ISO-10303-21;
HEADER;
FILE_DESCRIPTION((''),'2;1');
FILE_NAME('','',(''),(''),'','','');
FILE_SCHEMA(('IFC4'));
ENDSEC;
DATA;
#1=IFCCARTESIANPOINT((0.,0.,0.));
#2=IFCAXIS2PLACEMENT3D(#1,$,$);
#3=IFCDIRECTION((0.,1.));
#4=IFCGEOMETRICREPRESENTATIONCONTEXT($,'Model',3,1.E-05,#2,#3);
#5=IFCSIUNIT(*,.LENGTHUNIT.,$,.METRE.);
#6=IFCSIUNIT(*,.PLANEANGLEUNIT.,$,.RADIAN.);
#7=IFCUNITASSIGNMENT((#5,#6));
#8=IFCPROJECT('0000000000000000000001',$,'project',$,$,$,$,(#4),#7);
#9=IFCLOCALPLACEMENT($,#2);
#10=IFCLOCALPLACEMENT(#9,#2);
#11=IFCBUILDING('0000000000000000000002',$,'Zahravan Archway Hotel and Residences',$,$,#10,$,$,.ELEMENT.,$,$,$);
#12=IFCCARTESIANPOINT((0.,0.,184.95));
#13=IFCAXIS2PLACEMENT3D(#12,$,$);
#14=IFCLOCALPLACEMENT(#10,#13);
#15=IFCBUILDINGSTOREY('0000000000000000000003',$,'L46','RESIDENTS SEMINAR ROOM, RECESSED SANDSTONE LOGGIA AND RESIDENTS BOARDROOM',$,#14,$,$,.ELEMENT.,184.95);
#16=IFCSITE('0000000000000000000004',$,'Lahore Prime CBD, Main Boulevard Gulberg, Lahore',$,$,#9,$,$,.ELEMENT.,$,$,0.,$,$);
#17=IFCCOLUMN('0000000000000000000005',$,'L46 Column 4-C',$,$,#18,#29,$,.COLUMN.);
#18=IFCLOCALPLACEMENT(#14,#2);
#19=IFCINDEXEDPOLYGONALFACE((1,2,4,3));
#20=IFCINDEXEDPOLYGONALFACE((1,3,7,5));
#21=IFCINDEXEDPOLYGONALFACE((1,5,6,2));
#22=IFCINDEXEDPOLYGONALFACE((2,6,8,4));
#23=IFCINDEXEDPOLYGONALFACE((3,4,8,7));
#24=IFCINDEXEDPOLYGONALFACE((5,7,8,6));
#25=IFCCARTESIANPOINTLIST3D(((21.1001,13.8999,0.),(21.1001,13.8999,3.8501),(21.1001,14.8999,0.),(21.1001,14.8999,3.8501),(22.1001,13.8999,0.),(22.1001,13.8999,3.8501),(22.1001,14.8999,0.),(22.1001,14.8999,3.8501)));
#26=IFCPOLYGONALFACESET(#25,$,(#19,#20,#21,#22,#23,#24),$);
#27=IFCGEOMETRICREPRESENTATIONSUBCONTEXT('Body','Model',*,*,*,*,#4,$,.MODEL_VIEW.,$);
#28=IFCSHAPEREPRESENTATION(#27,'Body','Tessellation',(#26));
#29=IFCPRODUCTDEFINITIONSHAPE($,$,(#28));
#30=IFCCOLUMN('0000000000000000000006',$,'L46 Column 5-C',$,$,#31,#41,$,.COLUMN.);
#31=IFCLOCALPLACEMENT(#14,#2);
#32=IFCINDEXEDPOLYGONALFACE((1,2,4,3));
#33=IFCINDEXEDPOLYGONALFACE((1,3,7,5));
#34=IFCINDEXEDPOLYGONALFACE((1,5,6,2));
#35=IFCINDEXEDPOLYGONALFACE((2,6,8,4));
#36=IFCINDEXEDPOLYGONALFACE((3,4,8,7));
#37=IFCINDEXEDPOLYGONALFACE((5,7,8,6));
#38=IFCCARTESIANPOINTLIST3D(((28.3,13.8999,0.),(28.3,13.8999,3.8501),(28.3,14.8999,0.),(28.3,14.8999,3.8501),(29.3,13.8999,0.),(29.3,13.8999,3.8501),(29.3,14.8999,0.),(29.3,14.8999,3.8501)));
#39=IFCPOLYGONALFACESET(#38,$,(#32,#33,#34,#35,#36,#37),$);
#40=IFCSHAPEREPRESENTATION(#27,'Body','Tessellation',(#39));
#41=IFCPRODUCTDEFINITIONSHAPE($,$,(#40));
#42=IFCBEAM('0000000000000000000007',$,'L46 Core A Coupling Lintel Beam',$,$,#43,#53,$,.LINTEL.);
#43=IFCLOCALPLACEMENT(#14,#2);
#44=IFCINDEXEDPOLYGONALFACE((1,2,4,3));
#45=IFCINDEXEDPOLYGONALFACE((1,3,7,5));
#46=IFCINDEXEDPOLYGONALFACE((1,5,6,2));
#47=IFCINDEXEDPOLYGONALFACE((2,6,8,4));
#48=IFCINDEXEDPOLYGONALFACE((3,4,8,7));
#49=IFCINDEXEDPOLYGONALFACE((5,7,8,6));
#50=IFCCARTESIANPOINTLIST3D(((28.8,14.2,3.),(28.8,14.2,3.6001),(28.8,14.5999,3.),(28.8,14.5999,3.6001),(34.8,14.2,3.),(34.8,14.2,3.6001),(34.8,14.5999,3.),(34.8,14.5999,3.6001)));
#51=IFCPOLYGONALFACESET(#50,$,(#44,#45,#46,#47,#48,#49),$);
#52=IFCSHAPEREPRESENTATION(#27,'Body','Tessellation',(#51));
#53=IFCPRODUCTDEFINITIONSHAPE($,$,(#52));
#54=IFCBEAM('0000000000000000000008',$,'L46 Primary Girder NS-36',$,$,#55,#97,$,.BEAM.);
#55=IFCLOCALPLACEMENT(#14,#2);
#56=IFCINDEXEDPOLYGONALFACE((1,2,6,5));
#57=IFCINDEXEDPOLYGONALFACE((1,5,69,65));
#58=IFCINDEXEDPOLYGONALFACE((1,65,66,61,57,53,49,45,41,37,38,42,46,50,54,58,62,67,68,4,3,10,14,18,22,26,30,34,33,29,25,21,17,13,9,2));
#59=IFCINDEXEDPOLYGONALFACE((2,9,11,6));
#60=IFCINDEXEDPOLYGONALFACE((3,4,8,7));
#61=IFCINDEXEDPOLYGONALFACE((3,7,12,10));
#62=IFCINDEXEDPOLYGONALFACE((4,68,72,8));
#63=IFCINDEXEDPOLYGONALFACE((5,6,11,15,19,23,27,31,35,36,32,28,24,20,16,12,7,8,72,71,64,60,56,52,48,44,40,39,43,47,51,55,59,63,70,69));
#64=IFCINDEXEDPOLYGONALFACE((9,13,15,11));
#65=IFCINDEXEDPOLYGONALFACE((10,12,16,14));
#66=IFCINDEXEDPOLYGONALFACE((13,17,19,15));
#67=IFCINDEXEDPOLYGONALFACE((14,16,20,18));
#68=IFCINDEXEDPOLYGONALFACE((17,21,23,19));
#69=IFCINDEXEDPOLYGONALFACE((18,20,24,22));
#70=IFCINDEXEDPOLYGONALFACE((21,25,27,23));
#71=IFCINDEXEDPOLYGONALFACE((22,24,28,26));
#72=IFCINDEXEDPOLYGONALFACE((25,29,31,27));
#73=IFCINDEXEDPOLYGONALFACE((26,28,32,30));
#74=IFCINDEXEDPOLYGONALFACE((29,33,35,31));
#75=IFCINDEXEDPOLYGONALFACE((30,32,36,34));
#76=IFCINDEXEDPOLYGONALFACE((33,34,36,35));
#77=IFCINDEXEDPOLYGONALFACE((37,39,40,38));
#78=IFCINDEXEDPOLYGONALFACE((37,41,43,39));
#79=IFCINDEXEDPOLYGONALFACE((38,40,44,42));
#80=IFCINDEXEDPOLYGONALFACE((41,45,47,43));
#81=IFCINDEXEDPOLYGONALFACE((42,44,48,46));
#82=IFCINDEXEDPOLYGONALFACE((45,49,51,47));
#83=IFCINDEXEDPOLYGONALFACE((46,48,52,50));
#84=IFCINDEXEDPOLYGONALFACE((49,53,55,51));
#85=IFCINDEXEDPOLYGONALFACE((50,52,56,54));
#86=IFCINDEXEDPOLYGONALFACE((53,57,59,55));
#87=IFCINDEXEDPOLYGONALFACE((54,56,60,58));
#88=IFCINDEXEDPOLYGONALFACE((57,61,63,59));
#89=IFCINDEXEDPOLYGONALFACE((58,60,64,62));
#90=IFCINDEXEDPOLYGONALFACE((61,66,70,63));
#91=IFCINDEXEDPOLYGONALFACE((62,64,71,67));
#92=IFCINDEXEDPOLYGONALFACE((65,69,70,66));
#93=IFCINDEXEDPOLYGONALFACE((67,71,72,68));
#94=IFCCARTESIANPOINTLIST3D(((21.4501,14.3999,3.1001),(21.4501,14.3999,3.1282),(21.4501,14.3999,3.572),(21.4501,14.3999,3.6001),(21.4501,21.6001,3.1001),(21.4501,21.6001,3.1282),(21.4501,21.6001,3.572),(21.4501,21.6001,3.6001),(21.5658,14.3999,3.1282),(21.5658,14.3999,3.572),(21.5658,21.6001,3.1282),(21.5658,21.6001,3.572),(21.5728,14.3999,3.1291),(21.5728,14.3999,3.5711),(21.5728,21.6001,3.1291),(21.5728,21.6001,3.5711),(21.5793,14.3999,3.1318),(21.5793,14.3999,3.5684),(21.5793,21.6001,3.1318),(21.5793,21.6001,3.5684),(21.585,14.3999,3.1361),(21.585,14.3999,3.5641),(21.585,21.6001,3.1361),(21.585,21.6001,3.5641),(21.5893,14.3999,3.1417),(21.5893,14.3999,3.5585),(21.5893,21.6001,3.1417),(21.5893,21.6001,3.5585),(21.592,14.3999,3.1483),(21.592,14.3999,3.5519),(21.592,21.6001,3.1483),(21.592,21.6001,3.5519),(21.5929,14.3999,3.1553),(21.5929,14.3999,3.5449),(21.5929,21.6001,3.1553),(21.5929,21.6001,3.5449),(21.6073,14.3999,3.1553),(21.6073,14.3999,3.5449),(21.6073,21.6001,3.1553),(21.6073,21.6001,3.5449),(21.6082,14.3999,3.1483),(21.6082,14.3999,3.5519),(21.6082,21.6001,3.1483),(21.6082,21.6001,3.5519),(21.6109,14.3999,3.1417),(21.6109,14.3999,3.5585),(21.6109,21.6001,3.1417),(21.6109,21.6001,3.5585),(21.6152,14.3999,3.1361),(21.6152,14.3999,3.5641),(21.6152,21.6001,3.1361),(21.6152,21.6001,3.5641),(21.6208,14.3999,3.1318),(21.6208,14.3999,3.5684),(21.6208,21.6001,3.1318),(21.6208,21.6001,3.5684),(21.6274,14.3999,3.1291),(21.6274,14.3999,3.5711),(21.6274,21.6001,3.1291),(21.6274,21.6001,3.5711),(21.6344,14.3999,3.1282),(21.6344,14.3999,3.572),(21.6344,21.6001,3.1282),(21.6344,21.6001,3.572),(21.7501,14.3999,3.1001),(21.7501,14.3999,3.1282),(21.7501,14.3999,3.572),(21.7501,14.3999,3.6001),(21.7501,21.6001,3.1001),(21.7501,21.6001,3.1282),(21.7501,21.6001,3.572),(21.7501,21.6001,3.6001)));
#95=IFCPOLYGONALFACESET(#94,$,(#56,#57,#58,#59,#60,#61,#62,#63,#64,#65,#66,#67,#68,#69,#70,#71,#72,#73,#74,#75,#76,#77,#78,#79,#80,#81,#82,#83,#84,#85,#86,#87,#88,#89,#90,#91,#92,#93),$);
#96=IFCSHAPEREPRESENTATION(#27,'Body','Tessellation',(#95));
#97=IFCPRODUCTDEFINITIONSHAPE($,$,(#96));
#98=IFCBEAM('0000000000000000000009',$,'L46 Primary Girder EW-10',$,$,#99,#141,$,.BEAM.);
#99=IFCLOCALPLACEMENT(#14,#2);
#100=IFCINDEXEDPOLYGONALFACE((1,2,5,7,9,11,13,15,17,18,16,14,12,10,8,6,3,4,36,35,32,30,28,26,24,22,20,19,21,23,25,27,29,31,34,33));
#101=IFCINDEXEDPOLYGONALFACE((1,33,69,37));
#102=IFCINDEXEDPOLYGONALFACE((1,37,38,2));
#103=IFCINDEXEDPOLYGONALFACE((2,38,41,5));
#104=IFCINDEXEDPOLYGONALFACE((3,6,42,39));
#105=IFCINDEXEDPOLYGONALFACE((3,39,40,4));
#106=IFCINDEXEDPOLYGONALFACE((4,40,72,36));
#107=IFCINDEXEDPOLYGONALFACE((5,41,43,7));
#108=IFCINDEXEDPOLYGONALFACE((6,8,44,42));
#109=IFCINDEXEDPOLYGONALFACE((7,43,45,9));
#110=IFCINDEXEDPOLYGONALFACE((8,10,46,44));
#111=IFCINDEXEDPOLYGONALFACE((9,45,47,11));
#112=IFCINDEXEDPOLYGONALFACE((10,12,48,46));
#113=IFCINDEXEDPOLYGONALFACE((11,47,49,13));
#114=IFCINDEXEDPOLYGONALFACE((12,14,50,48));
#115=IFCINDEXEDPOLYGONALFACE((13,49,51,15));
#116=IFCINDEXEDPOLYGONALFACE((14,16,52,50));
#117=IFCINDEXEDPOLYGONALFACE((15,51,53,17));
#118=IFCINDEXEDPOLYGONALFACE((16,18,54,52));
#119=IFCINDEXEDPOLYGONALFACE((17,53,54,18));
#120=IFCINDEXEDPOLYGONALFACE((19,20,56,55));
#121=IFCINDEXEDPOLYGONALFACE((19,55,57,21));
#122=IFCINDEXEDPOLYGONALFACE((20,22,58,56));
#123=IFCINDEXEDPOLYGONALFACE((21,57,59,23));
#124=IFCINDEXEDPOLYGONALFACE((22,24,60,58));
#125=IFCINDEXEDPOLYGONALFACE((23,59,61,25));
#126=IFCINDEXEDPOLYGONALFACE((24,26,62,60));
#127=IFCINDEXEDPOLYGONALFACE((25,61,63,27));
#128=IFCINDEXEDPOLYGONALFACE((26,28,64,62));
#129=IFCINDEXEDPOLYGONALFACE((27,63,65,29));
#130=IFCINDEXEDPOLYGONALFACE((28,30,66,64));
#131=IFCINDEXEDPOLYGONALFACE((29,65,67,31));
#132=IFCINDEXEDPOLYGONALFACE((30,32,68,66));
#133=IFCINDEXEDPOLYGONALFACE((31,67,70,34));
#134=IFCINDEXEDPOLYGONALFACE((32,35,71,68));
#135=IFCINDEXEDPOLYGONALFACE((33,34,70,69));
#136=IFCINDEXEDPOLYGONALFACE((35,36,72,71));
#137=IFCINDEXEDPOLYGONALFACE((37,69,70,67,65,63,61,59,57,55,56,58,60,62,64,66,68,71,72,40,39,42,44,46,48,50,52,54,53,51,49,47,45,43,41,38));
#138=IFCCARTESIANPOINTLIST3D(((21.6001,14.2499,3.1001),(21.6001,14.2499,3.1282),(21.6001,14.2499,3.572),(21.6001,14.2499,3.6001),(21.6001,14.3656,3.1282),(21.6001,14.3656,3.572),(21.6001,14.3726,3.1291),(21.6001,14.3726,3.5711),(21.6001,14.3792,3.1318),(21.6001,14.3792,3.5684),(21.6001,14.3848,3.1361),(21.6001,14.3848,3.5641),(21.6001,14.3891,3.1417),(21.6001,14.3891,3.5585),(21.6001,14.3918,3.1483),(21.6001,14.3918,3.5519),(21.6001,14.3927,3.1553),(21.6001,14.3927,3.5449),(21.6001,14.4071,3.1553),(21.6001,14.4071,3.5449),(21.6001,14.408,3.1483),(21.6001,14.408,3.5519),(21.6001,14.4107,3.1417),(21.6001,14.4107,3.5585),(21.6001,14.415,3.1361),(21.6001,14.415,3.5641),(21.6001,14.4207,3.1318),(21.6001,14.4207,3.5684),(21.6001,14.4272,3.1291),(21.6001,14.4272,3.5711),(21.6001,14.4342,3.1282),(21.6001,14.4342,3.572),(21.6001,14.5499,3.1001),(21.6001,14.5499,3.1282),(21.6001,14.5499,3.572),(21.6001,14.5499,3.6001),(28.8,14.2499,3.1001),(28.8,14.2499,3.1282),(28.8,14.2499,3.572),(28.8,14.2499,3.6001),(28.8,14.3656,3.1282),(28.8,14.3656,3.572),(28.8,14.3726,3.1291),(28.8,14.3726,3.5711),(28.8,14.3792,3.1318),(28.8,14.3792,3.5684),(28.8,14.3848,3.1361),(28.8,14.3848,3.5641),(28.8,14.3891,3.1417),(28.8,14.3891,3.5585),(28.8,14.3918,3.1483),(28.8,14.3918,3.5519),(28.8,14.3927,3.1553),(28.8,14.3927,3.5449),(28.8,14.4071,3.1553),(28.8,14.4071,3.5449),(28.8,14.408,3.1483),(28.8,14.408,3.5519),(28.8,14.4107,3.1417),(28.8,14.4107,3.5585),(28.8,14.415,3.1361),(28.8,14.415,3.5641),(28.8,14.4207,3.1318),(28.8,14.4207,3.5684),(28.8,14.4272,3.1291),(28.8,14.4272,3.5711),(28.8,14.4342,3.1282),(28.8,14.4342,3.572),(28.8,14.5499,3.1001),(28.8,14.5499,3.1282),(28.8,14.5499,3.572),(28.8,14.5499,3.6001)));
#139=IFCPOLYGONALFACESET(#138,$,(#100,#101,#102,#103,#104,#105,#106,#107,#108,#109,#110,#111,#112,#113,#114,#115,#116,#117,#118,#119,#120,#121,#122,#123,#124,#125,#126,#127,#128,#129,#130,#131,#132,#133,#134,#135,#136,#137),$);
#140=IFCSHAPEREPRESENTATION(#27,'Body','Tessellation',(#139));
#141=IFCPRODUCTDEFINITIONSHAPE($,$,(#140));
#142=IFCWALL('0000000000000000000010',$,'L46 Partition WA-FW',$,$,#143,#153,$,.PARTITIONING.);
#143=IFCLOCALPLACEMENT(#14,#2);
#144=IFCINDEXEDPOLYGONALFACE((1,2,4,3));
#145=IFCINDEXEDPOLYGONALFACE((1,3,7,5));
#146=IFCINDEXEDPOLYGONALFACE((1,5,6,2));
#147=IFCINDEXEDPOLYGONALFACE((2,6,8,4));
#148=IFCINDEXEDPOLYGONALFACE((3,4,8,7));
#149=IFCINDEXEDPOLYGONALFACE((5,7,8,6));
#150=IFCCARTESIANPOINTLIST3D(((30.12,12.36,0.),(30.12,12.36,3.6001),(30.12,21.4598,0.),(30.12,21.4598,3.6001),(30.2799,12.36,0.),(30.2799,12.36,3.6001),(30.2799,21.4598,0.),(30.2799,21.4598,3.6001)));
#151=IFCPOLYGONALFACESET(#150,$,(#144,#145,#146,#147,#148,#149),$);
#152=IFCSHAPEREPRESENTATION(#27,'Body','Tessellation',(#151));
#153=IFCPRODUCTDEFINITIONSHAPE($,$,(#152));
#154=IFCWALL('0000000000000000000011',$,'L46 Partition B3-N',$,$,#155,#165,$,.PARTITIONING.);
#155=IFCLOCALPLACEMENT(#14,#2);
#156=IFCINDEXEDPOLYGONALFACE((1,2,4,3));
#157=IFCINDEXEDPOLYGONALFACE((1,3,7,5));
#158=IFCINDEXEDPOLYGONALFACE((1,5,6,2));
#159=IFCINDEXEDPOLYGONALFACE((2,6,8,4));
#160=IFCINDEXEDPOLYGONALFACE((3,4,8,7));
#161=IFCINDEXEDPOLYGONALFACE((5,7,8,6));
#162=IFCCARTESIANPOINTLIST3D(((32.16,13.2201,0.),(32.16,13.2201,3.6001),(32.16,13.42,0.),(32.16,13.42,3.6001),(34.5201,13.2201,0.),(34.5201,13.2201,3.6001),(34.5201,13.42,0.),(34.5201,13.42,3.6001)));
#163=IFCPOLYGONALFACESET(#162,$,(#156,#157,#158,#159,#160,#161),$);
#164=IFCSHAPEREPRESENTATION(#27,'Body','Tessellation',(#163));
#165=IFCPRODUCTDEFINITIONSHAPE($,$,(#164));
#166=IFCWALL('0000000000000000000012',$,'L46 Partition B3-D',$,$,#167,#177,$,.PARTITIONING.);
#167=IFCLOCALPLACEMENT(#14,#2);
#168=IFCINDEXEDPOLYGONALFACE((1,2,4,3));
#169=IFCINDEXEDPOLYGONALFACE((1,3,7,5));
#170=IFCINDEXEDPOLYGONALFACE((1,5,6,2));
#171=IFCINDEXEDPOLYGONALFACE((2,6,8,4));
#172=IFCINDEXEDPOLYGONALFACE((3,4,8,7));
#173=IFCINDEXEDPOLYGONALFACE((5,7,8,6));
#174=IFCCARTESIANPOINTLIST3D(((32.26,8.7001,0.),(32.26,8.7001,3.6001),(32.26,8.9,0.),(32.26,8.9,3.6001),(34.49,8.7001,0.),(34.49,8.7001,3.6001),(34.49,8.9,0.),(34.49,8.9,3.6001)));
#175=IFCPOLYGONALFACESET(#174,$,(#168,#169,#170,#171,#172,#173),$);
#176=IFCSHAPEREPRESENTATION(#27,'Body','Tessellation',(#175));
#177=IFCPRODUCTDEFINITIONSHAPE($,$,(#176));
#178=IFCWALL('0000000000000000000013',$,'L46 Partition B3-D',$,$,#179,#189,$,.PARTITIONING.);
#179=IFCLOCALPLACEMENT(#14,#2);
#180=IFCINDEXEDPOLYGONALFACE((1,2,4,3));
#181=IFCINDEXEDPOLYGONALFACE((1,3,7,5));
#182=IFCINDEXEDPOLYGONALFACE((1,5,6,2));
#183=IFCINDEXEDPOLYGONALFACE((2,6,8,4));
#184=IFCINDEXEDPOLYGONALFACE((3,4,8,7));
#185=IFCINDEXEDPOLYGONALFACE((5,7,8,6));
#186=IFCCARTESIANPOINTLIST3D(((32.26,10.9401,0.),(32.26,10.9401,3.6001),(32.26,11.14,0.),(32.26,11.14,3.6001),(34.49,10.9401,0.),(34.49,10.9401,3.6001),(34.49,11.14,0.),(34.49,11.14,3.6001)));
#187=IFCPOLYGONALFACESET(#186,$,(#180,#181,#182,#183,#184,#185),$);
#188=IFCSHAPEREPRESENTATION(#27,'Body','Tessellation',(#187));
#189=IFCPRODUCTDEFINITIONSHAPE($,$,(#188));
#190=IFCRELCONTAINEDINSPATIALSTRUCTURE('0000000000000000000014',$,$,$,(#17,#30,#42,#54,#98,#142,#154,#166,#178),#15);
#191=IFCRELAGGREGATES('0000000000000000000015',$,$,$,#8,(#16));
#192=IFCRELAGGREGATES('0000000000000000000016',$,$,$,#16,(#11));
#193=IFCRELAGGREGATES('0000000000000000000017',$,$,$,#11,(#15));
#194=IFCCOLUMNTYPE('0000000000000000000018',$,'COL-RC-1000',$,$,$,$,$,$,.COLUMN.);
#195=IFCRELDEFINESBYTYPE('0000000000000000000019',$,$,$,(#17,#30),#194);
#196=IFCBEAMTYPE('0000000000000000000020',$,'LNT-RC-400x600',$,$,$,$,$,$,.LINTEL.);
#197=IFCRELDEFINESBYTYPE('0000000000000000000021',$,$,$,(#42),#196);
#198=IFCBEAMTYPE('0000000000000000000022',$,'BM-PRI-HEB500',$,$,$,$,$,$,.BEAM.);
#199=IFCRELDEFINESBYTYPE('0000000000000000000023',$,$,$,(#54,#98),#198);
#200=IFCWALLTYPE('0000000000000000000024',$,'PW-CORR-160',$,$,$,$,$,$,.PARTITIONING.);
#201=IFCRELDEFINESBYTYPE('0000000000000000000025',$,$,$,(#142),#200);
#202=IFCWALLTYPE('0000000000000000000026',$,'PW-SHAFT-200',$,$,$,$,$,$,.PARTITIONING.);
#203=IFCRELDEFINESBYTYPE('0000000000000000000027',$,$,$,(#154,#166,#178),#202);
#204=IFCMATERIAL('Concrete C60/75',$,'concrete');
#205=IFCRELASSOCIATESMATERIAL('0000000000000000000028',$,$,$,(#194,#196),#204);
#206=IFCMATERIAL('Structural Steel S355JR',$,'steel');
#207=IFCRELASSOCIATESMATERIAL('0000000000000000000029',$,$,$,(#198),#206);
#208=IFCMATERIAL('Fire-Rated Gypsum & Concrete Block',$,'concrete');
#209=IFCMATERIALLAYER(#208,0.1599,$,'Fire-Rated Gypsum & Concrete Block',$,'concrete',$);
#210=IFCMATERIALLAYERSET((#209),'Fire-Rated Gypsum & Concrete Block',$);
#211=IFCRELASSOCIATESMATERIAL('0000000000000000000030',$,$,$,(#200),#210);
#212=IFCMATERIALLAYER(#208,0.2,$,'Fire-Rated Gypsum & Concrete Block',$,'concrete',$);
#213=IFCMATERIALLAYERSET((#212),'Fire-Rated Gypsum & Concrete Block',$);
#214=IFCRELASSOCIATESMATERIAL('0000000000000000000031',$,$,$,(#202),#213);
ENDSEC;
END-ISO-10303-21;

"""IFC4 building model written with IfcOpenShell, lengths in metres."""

from ifc_helpers import new_model, si_unit, direction, frame, frame_2d, origin, origin_2d, place, context, subcontext, project, spatial, rectangle, i_section, extrude, source, transform, mapped, material, layer, layer_set, material_profile, profile_set, type_object, type_shapes, element, save


model = new_model("IFC4")

# Units and contexts
model_context = context("Model", 3, precision=1e-05, world=origin(), true_north=direction((0.0, 1.0)))
body_context = subcontext(model_context, "Body", "Model", "MODEL_VIEW")
ifc_project = project(units=[si_unit("LENGTHUNIT", "METRE"), si_unit("PLANEANGLEUNIT", "RADIAN")], contexts=[model_context])

# Site, building, storey
site_placement = place(None, origin())
site = spatial("IfcSite", under=ifc_project, at=site_placement, Name="Lahore Prime CBD, Main Boulevard Gulberg, Lahore", CompositionType="ELEMENT", RefElevation=0.0)
building_placement = place(site_placement, origin())
building = spatial("IfcBuilding", under=site, at=building_placement, Name="Zahravan Archway Hotel and Residences", CompositionType="ELEMENT")
storey_placement = place(building_placement, frame((0.0, 0.0, 184.95)))
storey = spatial("IfcBuildingStorey", under=building, at=storey_placement, Name="L46", Description="RESIDENTS SEMINAR ROOM, RECESSED SANDSTONE LOGGIA AND RESIDENTS BOARDROOM", CompositionType="ELEMENT", Elevation=184.95)

# Columns
ifc_material_1 = material(Name="Concrete C60/75", Category="concrete")
ifc_material_profile_1 = material_profile(ifc_material_1, rectangle(XDim=1.0, YDim=1.0, at=origin_2d()), Name="RC-COL-1000x1000", Category="concrete")
ifc_profile_set_1 = profile_set([ifc_material_profile_1], Name="Concrete C60/75")
column_type = type_object("IfcColumnType", Name="COL-RC-1000", PredefinedType="COLUMN", material=ifc_profile_set_1)
shared_shape_1 = source(origin(), body_context, "Body", "SweptSolid", [
    extrude(rectangle(XDim=1.0, YDim=1.0, at=origin_2d()), origin(), (0.0, 0.0, 1.0), 3.8501),
])
for number, where, z_axis, x_axis, name in (
    (1, (21.6001, 14.3999, 0.0), (0.0, 0.0, 1.0), (1.0, 0.0, 0.0), "L46 Column 4-C"),
    (2, (28.8, 14.3999, 0.0), (0.0, 0.0, 1.0), (1.0, 0.0, 0.0), "L46 Column 5-C"),
):
    element("IfcColumn", number, at=place(storey_placement, frame(where, z_axis=z_axis, x_axis=x_axis)), inside=storey, type_object=column_type, Name=name, PredefinedType="COLUMN", context=body_context, shape_type="MappedRepresentation", body=[
        mapped(shared_shape_1, transform((0.0, 0.0, 0.0), scale=1.0)),
    ])

# Beams
ifc_material_profile_2 = material_profile(ifc_material_1, rectangle(XDim=0.3999, YDim=0.6001, at=origin_2d()), Name="RC-LNT-400x600", Category="concrete")
ifc_profile_set_2 = profile_set([ifc_material_profile_2], Name="Concrete C60/75")
beam_type_1 = type_object("IfcBeamType", Name="LNT-RC-400x600", PredefinedType="LINTEL", material=ifc_profile_set_2)
shared_shape_2 = source(origin(), body_context, "Body", "SweptSolid", [
    extrude(rectangle(XDim=0.3999, YDim=0.6001, at=origin_2d()), origin(), (0.0, 0.0, 1.0), 6.0),
])
type_shapes(beam_type_1, [shared_shape_2])
beam_1_placement = place(storey_placement, frame((28.8, 14.3999, 3.3), z_axis=(1.0, 0.0, 0.0), x_axis=(0.0, 1.0, 0.0)))
element("IfcBeam", 3, at=beam_1_placement, inside=storey, type_object=beam_type_1, Name="L46 Core A Coupling Lintel Beam", PredefinedType="LINTEL", context=body_context, shape_type="MappedRepresentation", body=[
    mapped(shared_shape_2, transform((0.0, 0.0, 0.0), scale=1.0)),
])
ifc_material_2 = material(Name="Structural Steel S355JR", Category="steel")
ifc_material_profile_3 = material_profile(ifc_material_2, i_section(OverallWidth=0.3, OverallDepth=0.5, WebThickness=0.0144, FlangeThickness=0.0281, FilletRadius=0.0271, at=origin_2d()), Name="HEB 500", Category="steel")
ifc_profile_set_3 = profile_set([ifc_material_profile_3], Name="Structural Steel S355JR")
beam_type_2 = type_object("IfcBeamType", Name="BM-PRI-HEB500", PredefinedType="BEAM", material=ifc_profile_set_3)
shared_shape_3 = source(origin(), body_context, "Body", "SweptSolid", [
    extrude(i_section(OverallWidth=0.3, OverallDepth=0.5, WebThickness=0.0144, FlangeThickness=0.0281, FilletRadius=0.0271, at=origin_2d()), origin(), (0.0, 0.0, 1.0), 7.2002),
])
type_shapes(beam_type_2, [shared_shape_3])
beam_2_placement = place(storey_placement, frame((21.6001, 14.3999, 3.3501), z_axis=(0.0, 1.0, 0.0), x_axis=(-1.0, 0.0, 0.0)))
element("IfcBeam", 4, at=beam_2_placement, inside=storey, type_object=beam_type_2, Name="L46 Primary Girder NS-36", PredefinedType="BEAM", context=body_context, shape_type="MappedRepresentation", body=[
    mapped(shared_shape_3, transform((0.0, 0.0, 0.0), scale=1.0)),
])
shared_shape_4 = source(origin(), body_context, "Body", "SweptSolid", [
    extrude(i_section(OverallWidth=0.3, OverallDepth=0.5, WebThickness=0.0144, FlangeThickness=0.0281, FilletRadius=0.0271, at=origin_2d()), origin(), (0.0, 0.0, 1.0), 7.2),
])
beam_3_placement = place(storey_placement, frame((21.6001, 14.3999, 3.3501), z_axis=(1.0, 0.0, 0.0), x_axis=(0.0, 1.0, 0.0)))
element("IfcBeam", 5, at=beam_3_placement, inside=storey, type_object=beam_type_2, Name="L46 Primary Girder EW-10", PredefinedType="BEAM", context=body_context, shape_type="MappedRepresentation", body=[
    mapped(shared_shape_4, transform((0.0, 0.0, 0.0), scale=1.0)),
])

# Walls
ifc_material_3 = material(Name="Fire-Rated Gypsum & Concrete Block", Category="concrete")
ifc_layer_1 = layer(ifc_material_3, 0.1599, Name="Fire-Rated Gypsum & Concrete Block", Category="concrete")
ifc_layer_set_1 = layer_set([ifc_layer_1], Name="Fire-Rated Gypsum & Concrete Block")
wall_type_1 = type_object("IfcWallType", Name="PW-CORR-160", PredefinedType="PARTITIONING", material=ifc_layer_set_1)
wall_1_placement = place(storey_placement, frame((30.2, 12.3601, 0.0), z_axis=(0.0, 0.0, 1.0), x_axis=(0.0, 1.0, 0.0)))
element("IfcWall", 6, at=wall_1_placement, inside=storey, type_object=wall_type_1, Name="L46 Partition WA-FW", PredefinedType="PARTITIONING", context=body_context, shape_type="SweptSolid", body=[
    extrude(rectangle(XDim=9.0999, YDim=0.1599, at=frame_2d((4.5498, 0.0))), origin(), (0.0, 0.0, 1.0), 3.6001),
])
ifc_layer_2 = layer(ifc_material_3, 0.2, Name="Fire-Rated Gypsum & Concrete Block", Category="concrete")
ifc_layer_set_2 = layer_set([ifc_layer_2], Name="Fire-Rated Gypsum & Concrete Block")
wall_type_2 = type_object("IfcWallType", Name="PW-SHAFT-200", PredefinedType="PARTITIONING", material=ifc_layer_set_2)
wall_2_placement = place(storey_placement, frame((32.1599, 13.3201, 0.0), z_axis=(0.0, 0.0, 1.0), x_axis=(1.0, 0.0, 0.0)))
element("IfcWall", 7, at=wall_2_placement, inside=storey, type_object=wall_type_2, Name="L46 Partition B3-N", PredefinedType="PARTITIONING", context=body_context, shape_type="SweptSolid", body=[
    extrude(rectangle(XDim=2.3601, YDim=0.2, at=frame_2d((1.1802, 0.0))), origin(), (0.0, 0.0, 1.0), 3.6001),
])
for number, where, z_axis, x_axis, name in (
    (8, (32.26, 8.8, 0.0), (0.0, 0.0, 1.0), (1.0, 0.0, 0.0), "L46 Partition B3-D"),
    (9, (32.26, 11.04, 0.0), (0.0, 0.0, 1.0), (1.0, 0.0, 0.0), "L46 Partition B3-D"),
):
    element("IfcWall", number, at=place(storey_placement, frame(where, z_axis=z_axis, x_axis=x_axis)), inside=storey, type_object=wall_type_2, Name=name, PredefinedType="PARTITIONING", context=body_context, shape_type="SweptSolid", body=[
        extrude(rectangle(XDim=2.23, YDim=0.2, at=frame_2d((1.115, 0.0))), origin(), (0.0, 0.0, 1.0), 3.6001),
    ])

save(model, "model.ifc")
